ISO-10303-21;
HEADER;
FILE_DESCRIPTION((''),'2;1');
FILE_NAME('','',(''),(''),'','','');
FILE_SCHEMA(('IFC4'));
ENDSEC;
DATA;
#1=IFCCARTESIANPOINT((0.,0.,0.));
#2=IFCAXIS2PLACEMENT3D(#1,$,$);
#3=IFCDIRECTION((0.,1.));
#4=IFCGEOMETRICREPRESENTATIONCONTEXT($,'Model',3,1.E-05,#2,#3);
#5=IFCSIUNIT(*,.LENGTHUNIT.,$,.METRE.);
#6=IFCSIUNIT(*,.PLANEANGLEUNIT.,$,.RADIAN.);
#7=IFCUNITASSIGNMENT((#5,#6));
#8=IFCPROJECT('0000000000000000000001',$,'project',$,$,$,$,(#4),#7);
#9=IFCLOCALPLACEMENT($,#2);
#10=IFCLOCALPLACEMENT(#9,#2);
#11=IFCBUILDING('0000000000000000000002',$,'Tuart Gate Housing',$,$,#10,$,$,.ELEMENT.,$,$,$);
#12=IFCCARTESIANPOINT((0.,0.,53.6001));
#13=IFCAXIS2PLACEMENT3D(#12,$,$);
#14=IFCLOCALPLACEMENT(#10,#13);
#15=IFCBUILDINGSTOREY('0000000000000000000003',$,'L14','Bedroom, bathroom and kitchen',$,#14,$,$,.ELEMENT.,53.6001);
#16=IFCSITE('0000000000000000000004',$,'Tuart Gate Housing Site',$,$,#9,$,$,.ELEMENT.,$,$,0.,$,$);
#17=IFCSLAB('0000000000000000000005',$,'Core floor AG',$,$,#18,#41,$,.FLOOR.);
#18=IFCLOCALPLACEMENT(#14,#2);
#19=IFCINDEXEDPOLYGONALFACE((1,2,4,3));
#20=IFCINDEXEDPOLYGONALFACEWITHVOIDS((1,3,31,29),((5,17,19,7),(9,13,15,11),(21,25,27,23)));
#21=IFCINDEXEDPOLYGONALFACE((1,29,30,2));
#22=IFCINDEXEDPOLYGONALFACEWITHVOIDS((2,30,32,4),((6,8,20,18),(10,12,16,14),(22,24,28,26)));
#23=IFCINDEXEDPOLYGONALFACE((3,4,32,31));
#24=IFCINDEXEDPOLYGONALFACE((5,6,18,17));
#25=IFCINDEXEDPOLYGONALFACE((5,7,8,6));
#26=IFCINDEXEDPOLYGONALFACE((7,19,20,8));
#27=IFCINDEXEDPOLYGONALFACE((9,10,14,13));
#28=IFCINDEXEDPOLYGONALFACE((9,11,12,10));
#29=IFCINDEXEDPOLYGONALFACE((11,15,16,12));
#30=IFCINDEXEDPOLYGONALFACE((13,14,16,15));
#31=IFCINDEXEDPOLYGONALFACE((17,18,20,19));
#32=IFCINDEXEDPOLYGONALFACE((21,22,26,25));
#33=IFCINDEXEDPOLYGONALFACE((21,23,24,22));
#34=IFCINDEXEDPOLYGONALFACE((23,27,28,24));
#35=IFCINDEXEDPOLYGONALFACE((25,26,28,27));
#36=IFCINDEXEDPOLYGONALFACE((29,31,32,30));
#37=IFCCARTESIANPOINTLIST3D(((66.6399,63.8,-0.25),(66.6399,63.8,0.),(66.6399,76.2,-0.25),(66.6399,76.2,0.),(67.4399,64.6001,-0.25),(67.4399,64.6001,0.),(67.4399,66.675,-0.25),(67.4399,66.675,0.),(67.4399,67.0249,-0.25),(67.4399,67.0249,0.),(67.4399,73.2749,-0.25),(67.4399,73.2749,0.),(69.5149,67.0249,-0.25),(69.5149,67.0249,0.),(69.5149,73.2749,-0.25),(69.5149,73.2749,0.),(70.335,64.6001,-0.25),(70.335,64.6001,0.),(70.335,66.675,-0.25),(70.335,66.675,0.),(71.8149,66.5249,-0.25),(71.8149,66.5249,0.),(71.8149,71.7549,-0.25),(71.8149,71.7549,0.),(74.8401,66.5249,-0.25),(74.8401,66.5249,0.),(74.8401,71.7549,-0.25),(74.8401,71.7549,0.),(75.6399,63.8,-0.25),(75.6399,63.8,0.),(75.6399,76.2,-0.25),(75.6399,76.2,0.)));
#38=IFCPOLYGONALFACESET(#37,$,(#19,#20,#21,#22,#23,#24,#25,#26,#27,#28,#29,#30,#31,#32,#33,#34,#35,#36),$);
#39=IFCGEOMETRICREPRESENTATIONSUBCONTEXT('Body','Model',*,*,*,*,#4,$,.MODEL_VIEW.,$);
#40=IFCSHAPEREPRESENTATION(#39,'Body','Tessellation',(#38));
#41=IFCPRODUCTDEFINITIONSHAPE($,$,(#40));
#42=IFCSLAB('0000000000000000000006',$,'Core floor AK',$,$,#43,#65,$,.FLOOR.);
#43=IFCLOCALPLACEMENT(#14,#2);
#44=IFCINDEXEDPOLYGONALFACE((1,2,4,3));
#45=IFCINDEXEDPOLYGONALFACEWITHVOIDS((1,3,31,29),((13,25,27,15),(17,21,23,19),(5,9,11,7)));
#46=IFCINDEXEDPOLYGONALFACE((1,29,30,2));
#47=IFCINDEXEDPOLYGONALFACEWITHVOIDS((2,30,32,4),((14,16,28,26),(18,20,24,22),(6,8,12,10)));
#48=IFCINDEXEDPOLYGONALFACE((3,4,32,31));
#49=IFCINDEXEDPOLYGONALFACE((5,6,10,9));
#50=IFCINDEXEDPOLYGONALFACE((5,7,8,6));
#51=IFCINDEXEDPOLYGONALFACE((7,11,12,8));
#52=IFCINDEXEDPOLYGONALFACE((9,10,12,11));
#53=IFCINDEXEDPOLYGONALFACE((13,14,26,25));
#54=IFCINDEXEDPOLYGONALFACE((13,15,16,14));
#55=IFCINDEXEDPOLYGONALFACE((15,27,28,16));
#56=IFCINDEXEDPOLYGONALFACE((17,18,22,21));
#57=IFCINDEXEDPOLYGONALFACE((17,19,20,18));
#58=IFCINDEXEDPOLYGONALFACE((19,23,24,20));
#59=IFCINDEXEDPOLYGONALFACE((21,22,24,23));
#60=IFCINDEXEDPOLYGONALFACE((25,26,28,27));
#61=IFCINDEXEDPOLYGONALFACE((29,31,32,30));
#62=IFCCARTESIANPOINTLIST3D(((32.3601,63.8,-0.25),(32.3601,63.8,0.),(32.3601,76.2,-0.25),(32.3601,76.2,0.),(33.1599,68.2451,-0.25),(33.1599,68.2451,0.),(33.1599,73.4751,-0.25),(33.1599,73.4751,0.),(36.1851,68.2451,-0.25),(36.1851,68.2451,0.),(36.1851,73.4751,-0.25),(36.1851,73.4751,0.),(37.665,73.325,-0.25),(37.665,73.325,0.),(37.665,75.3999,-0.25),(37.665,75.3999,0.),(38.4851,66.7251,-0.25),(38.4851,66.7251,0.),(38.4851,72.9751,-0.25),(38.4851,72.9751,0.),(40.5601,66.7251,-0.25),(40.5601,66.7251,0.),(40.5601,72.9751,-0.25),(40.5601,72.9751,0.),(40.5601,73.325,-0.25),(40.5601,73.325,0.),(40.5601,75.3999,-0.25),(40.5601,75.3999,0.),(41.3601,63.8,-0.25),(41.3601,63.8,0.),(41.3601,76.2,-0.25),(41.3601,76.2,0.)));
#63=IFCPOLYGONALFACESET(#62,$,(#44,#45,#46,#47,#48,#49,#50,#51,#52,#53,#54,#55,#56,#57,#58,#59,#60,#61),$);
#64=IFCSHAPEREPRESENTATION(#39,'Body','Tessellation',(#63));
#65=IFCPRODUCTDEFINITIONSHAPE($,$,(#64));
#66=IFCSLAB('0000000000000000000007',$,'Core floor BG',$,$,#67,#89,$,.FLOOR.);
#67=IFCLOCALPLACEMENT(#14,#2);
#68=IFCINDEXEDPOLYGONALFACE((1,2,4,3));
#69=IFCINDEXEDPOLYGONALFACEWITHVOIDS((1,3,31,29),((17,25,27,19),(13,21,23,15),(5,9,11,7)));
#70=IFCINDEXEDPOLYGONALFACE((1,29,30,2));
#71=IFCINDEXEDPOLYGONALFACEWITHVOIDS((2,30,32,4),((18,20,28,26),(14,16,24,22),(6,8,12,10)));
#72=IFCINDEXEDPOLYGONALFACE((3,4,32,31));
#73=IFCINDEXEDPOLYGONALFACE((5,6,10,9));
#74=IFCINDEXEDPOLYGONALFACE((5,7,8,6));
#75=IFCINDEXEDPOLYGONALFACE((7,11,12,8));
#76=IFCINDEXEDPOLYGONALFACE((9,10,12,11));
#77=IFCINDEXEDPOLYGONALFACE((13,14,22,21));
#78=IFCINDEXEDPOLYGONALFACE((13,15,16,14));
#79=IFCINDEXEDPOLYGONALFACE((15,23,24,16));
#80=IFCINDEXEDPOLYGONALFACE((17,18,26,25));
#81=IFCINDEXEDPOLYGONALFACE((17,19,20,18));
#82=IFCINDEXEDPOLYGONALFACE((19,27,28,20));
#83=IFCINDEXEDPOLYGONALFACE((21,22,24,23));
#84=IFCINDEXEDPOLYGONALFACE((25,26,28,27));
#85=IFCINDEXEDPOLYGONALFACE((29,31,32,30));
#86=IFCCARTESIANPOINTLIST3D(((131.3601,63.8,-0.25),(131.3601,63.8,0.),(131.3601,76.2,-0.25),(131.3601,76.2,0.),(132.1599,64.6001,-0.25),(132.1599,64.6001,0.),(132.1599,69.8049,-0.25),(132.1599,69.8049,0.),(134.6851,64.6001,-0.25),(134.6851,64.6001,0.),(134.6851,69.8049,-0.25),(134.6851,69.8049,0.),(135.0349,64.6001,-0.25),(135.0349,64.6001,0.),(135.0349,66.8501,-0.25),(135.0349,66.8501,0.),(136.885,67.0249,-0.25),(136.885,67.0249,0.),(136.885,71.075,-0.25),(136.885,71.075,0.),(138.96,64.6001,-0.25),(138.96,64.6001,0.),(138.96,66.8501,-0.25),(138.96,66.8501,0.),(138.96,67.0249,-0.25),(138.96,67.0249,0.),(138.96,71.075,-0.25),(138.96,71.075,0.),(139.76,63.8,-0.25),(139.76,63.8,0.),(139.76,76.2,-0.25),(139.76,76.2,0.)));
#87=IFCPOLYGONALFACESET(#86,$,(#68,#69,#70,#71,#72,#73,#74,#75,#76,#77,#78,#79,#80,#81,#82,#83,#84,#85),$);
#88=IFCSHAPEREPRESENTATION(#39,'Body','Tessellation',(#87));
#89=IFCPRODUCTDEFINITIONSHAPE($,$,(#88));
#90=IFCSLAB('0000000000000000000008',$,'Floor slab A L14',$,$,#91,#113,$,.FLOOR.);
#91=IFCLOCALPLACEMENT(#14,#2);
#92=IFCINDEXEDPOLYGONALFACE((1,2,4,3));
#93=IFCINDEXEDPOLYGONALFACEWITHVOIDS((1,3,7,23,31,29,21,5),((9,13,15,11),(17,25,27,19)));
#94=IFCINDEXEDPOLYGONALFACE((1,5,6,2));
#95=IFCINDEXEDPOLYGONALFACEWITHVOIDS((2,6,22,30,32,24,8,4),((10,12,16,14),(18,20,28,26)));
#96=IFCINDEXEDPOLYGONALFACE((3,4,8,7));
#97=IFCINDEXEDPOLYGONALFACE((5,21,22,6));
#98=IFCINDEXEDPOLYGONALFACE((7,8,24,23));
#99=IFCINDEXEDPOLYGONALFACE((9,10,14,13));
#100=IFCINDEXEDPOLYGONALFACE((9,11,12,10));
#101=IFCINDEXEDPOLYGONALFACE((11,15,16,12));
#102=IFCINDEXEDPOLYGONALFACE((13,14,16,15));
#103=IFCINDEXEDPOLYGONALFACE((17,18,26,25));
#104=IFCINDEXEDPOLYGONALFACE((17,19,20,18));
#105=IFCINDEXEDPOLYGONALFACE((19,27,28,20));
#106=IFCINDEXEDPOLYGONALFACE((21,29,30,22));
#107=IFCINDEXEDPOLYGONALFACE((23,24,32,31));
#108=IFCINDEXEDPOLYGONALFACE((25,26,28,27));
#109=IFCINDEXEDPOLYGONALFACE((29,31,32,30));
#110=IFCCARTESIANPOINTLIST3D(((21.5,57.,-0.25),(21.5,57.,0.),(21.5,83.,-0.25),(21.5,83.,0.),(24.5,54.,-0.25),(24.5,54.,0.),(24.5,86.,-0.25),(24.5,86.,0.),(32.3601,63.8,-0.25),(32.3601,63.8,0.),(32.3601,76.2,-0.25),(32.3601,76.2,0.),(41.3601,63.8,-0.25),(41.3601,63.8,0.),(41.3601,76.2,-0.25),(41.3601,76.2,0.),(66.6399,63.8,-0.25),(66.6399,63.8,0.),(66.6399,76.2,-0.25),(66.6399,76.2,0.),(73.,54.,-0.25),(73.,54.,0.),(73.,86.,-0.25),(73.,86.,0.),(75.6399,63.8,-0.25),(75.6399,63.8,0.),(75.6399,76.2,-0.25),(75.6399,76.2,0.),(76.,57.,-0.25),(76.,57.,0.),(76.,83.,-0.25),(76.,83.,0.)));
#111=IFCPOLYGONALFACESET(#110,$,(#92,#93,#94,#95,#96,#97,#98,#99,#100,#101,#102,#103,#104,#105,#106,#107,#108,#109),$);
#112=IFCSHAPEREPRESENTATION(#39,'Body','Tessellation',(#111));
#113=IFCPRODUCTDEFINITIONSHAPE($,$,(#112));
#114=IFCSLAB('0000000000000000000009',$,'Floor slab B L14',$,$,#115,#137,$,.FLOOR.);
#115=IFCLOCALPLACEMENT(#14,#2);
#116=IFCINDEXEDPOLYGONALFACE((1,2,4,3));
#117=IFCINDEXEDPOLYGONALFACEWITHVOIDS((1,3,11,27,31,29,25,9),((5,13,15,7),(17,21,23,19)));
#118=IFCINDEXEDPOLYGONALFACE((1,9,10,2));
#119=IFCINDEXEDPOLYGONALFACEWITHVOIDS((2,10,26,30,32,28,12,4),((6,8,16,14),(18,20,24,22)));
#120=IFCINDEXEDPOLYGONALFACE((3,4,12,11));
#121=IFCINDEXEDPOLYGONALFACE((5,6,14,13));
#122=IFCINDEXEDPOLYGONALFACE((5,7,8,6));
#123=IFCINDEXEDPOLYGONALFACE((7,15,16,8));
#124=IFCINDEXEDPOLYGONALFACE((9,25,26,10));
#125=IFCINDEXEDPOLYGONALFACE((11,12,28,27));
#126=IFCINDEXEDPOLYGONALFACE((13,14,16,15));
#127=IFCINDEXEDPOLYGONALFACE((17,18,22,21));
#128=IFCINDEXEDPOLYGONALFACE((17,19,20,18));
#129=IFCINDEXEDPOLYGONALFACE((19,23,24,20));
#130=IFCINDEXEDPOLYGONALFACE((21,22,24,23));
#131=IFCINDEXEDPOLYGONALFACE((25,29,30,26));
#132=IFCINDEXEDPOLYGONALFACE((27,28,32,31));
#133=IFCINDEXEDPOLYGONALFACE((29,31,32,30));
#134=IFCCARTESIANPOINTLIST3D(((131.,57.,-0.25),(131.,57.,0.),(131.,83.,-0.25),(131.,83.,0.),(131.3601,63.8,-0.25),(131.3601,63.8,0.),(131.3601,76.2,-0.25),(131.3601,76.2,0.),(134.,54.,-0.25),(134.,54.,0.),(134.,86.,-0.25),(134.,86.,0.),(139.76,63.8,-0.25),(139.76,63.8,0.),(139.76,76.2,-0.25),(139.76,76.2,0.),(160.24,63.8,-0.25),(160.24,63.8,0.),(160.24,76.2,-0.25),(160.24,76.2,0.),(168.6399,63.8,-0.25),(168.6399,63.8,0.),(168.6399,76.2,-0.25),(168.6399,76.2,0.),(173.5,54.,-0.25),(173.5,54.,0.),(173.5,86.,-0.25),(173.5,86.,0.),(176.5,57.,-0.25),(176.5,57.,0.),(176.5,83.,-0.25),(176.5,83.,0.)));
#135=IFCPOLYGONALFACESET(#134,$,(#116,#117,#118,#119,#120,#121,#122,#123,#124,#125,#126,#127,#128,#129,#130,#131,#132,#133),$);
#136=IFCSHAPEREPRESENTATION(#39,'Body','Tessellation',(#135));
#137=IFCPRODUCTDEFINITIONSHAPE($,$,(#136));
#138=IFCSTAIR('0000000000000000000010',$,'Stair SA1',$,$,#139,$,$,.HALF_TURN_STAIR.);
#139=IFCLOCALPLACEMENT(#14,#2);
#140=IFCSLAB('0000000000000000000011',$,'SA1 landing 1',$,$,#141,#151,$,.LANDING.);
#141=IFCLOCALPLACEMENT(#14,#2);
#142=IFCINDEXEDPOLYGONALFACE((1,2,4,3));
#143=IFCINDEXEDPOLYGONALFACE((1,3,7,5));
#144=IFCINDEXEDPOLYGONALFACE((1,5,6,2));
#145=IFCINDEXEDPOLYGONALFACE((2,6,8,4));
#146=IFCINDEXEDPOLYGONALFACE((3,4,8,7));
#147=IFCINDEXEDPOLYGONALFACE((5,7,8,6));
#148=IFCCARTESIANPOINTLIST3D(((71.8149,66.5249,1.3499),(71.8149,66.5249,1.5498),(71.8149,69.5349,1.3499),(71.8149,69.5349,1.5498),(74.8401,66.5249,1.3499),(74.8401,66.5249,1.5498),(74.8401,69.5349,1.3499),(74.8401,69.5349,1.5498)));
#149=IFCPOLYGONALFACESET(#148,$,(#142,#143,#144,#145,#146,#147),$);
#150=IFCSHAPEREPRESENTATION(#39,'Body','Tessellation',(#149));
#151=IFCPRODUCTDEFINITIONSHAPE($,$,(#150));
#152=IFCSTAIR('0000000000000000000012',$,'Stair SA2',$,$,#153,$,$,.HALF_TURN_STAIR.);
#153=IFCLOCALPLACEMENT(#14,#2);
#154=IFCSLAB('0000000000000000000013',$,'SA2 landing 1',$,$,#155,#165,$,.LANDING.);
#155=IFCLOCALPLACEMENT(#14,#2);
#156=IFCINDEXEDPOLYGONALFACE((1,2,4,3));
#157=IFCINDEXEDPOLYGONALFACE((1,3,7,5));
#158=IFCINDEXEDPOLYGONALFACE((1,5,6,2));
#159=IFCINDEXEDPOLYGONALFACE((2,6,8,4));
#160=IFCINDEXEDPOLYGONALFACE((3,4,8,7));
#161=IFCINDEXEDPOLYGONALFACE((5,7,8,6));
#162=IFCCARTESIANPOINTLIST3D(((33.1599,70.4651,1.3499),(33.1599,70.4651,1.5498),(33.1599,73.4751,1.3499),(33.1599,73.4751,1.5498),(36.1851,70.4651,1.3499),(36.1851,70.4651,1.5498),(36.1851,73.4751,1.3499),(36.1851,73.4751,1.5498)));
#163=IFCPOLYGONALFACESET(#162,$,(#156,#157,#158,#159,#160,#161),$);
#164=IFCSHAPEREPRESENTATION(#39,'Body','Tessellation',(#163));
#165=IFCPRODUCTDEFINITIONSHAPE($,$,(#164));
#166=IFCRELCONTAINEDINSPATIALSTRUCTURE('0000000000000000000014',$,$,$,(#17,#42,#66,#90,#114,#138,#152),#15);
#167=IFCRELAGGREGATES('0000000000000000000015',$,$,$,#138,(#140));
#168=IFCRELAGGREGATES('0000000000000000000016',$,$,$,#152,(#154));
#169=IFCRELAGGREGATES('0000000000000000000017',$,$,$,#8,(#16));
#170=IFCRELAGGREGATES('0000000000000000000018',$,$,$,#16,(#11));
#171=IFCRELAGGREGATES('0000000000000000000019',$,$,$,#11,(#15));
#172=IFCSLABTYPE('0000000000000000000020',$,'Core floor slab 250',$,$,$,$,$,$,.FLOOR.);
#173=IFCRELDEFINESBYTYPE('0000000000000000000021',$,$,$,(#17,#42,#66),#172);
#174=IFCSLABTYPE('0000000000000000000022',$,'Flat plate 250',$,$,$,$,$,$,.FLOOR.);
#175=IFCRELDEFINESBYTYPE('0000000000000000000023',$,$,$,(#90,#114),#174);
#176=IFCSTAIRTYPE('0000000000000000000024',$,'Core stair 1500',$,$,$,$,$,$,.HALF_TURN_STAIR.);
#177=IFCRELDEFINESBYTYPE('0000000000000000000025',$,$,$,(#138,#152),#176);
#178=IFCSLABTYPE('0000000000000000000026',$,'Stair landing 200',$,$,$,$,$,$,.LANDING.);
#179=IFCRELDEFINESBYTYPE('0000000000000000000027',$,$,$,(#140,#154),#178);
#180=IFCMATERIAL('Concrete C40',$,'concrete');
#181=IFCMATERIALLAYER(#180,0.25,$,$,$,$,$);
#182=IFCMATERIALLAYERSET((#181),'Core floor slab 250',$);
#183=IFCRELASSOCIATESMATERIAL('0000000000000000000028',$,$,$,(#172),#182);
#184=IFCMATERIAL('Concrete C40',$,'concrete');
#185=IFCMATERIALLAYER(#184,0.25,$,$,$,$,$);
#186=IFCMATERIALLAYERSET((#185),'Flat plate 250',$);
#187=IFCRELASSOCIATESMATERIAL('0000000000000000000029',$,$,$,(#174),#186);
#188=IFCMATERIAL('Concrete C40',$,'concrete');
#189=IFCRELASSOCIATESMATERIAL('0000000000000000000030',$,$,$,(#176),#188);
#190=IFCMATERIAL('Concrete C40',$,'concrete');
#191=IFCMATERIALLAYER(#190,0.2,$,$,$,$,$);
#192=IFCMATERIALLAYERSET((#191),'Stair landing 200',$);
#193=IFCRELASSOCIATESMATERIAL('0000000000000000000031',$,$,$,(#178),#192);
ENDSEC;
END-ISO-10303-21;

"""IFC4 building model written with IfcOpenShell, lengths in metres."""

from ifc_helpers import new_model, si_unit, direction, frame, origin, place, context, subcontext, project, spatial, polyline, outline, extrude, material, layer, layer_set, type_object, element, aggregate, save


model = new_model("IFC4")

# Units and contexts
model_context = context("Model", 3, precision=1e-05, world=origin(), true_north=direction((0.0, 1.0)))
body_context = subcontext(model_context, "Body", "Model", "MODEL_VIEW")
ifc_project = project(units=[si_unit("LENGTHUNIT", "METRE"), si_unit("PLANEANGLEUNIT", "RADIAN")], contexts=[model_context])

# Site, building, storey
site_placement = place(None, origin())
site = spatial("IfcSite", under=ifc_project, at=site_placement, Name="Tuart Gate Housing Site", CompositionType="ELEMENT", RefElevation=0.0)
building_placement = place(site_placement, origin())
building = spatial("IfcBuilding", under=site, at=building_placement, Name="Tuart Gate Housing", CompositionType="ELEMENT")
storey_placement = place(building_placement, frame((0.0, 0.0, 53.6001)))
storey = spatial("IfcBuildingStorey", under=building, at=storey_placement, Name="L14", Description="Bedroom, bathroom and kitchen", CompositionType="ELEMENT", Elevation=53.6001)

# Slabs
ifc_material_1 = material(Name="Concrete C40", Category="concrete")
ifc_layer_1 = layer(ifc_material_1, 0.25)
ifc_layer_set_1 = layer_set([ifc_layer_1], Name="Core floor slab 250")
slab_type_1 = type_object("IfcSlabType", Name="Core floor slab 250", PredefinedType="FLOOR", material=ifc_layer_set_1)
slab_1_placement = place(storey_placement, frame((0.0, 0.0, -0.25)))
element("IfcSlab", 1, at=slab_1_placement, inside=storey, type_object=slab_type_1, Name="Core floor AG", PredefinedType="FLOOR", context=body_context, shape_type="SweptSolid", body=[
    extrude(outline(polyline([(66.6399, 63.8), (75.6399, 63.8), (75.6399, 76.2), (66.6399, 76.2), (66.6399, 63.8)]), holes=[polyline([(67.4399, 64.6001), (70.335, 64.6001), (70.335, 66.675), (67.4399, 66.675), (67.4399, 64.6001)]), polyline([(67.4399, 67.0249), (69.5149, 67.0249), (69.5149, 73.2749), (67.4399, 73.2749), (67.4399, 67.0249)]), polyline([(71.8149, 66.5249), (74.8401, 66.5249), (74.8401, 71.7549), (71.8149, 71.7549), (71.8149, 66.5249)])]), origin(), (0.0, 0.0, 1.0), 0.25),
])
slab_2_placement = place(storey_placement, frame((0.0, 0.0, -0.25)))
element("IfcSlab", 2, at=slab_2_placement, inside=storey, type_object=slab_type_1, Name="Core floor AK", PredefinedType="FLOOR", context=body_context, shape_type="SweptSolid", body=[
    extrude(outline(polyline([(32.3601, 63.8), (41.3601, 63.8), (41.3601, 76.2), (32.3601, 76.2), (32.3601, 63.8)]), holes=[polyline([(40.5601, 75.3999), (37.665, 75.3999), (37.665, 73.325), (40.5601, 73.325), (40.5601, 75.3999)]), polyline([(40.5601, 72.9751), (38.4851, 72.9751), (38.4851, 66.7251), (40.5601, 66.7251), (40.5601, 72.9751)]), polyline([(36.1851, 73.4751), (33.1599, 73.4751), (33.1599, 68.2451), (36.1851, 68.2451), (36.1851, 73.4751)])]), origin(), (0.0, 0.0, 1.0), 0.25),
])
slab_3_placement = place(storey_placement, frame((0.0, 0.0, -0.25)))
element("IfcSlab", 3, at=slab_3_placement, inside=storey, type_object=slab_type_1, Name="Core floor BG", PredefinedType="FLOOR", context=body_context, shape_type="SweptSolid", body=[
    extrude(outline(polyline([(131.3601, 63.8), (139.76, 63.8), (139.76, 76.2), (131.3601, 76.2), (131.3601, 63.8)]), holes=[polyline([(138.96, 66.8501), (135.0349, 66.8501), (135.0349, 64.6001), (138.96, 64.6001), (138.96, 66.8501)]), polyline([(138.96, 71.075), (136.885, 71.075), (136.885, 67.0249), (138.96, 67.0249), (138.96, 71.075)]), polyline([(134.6851, 69.8049), (132.1599, 69.8049), (132.1599, 64.6001), (134.6851, 64.6001), (134.6851, 69.8049)])]), origin(), (0.0, 0.0, 1.0), 0.25),
])
ifc_material_2 = material(Name="Concrete C40", Category="concrete")
ifc_layer_2 = layer(ifc_material_2, 0.25)
ifc_layer_set_2 = layer_set([ifc_layer_2], Name="Flat plate 250")
slab_type_2 = type_object("IfcSlabType", Name="Flat plate 250", PredefinedType="FLOOR", material=ifc_layer_set_2)
slab_4_placement = place(storey_placement, frame((0.0, 0.0, -0.25)))
element("IfcSlab", 4, at=slab_4_placement, inside=storey, type_object=slab_type_2, Name="Floor slab A L14", PredefinedType="FLOOR", context=body_context, shape_type="SweptSolid", body=[
    extrude(outline(polyline([(24.5, 86.0), (21.5, 83.0), (21.5, 57.0), (24.5, 54.0), (73.0, 54.0), (76.0, 57.0), (76.0, 83.0), (73.0, 86.0), (24.5, 86.0)]), holes=[polyline([(66.6399, 76.2), (75.6399, 76.2), (75.6399, 63.8), (66.6399, 63.8), (66.6399, 76.2)]), polyline([(41.3601, 76.2), (41.3601, 63.8), (32.3601, 63.8), (32.3601, 76.2), (41.3601, 76.2)])]), origin(), (0.0, 0.0, 1.0), 0.25),
])
slab_5_placement = place(storey_placement, frame((0.0, 0.0, -0.25)))
element("IfcSlab", 5, at=slab_5_placement, inside=storey, type_object=slab_type_2, Name="Floor slab B L14", PredefinedType="FLOOR", context=body_context, shape_type="SweptSolid", body=[
    extrude(outline(polyline([(134.0, 86.0), (131.0, 83.0), (131.0, 57.0), (134.0, 54.0), (173.5, 54.0), (176.5, 57.0), (176.5, 83.0), (173.5, 86.0), (134.0, 86.0)]), holes=[polyline([(131.3601, 76.2), (139.76, 76.2), (139.76, 63.8), (131.3601, 63.8), (131.3601, 76.2)]), polyline([(168.6399, 76.2), (168.6399, 63.8), (160.24, 63.8), (160.24, 76.2), (168.6399, 76.2)])]), origin(), (0.0, 0.0, 1.0), 0.25),
])

# Stairs, slabs
ifc_material_3 = material(Name="Concrete C40", Category="concrete")
stair_type = type_object("IfcStairType", Name="Core stair 1500", PredefinedType="HALF_TURN_STAIR", material=ifc_material_3)
stair_1_placement = place(storey_placement, origin())
stair_1 = element("IfcStair", 6, at=stair_1_placement, inside=storey, type_object=stair_type, Name="Stair SA1", PredefinedType="HALF_TURN_STAIR")
ifc_material_4 = material(Name="Concrete C40", Category="concrete")
ifc_layer_3 = layer(ifc_material_4, 0.2)
ifc_layer_set_3 = layer_set([ifc_layer_3], Name="Stair landing 200")
slab_type_3 = type_object("IfcSlabType", Name="Stair landing 200", PredefinedType="LANDING", material=ifc_layer_set_3)
slab_6_placement = place(storey_placement, frame((0.0, 0.0, 1.3499)))
slab_6 = element("IfcSlab", 7, at=slab_6_placement, type_object=slab_type_3, Name="SA1 landing 1", PredefinedType="LANDING", context=body_context, shape_type="SweptSolid", body=[
    extrude(outline(polyline([(71.8149, 66.5249), (74.8401, 66.5249), (74.8401, 69.5349), (71.8149, 69.5349), (71.8149, 66.5249)])), origin(), (0.0, 0.0, 1.0), 0.2),
])
aggregate(stair_1, [slab_6])
stair_2_placement = place(storey_placement, origin())
stair_2 = element("IfcStair", 8, at=stair_2_placement, inside=storey, type_object=stair_type, Name="Stair SA2", PredefinedType="HALF_TURN_STAIR")
slab_7_placement = place(storey_placement, frame((0.0, 0.0, 1.3499)))
slab_7 = element("IfcSlab", 9, at=slab_7_placement, type_object=slab_type_3, Name="SA2 landing 1", PredefinedType="LANDING", context=body_context, shape_type="SweptSolid", body=[
    extrude(outline(polyline([(36.1851, 73.4751), (33.1599, 73.4751), (33.1599, 70.4651), (36.1851, 70.4651), (36.1851, 73.4751)])), origin(), (0.0, 0.0, 1.0), 0.2),
])
aggregate(stair_2, [slab_7])

save(model, "model.ifc")
